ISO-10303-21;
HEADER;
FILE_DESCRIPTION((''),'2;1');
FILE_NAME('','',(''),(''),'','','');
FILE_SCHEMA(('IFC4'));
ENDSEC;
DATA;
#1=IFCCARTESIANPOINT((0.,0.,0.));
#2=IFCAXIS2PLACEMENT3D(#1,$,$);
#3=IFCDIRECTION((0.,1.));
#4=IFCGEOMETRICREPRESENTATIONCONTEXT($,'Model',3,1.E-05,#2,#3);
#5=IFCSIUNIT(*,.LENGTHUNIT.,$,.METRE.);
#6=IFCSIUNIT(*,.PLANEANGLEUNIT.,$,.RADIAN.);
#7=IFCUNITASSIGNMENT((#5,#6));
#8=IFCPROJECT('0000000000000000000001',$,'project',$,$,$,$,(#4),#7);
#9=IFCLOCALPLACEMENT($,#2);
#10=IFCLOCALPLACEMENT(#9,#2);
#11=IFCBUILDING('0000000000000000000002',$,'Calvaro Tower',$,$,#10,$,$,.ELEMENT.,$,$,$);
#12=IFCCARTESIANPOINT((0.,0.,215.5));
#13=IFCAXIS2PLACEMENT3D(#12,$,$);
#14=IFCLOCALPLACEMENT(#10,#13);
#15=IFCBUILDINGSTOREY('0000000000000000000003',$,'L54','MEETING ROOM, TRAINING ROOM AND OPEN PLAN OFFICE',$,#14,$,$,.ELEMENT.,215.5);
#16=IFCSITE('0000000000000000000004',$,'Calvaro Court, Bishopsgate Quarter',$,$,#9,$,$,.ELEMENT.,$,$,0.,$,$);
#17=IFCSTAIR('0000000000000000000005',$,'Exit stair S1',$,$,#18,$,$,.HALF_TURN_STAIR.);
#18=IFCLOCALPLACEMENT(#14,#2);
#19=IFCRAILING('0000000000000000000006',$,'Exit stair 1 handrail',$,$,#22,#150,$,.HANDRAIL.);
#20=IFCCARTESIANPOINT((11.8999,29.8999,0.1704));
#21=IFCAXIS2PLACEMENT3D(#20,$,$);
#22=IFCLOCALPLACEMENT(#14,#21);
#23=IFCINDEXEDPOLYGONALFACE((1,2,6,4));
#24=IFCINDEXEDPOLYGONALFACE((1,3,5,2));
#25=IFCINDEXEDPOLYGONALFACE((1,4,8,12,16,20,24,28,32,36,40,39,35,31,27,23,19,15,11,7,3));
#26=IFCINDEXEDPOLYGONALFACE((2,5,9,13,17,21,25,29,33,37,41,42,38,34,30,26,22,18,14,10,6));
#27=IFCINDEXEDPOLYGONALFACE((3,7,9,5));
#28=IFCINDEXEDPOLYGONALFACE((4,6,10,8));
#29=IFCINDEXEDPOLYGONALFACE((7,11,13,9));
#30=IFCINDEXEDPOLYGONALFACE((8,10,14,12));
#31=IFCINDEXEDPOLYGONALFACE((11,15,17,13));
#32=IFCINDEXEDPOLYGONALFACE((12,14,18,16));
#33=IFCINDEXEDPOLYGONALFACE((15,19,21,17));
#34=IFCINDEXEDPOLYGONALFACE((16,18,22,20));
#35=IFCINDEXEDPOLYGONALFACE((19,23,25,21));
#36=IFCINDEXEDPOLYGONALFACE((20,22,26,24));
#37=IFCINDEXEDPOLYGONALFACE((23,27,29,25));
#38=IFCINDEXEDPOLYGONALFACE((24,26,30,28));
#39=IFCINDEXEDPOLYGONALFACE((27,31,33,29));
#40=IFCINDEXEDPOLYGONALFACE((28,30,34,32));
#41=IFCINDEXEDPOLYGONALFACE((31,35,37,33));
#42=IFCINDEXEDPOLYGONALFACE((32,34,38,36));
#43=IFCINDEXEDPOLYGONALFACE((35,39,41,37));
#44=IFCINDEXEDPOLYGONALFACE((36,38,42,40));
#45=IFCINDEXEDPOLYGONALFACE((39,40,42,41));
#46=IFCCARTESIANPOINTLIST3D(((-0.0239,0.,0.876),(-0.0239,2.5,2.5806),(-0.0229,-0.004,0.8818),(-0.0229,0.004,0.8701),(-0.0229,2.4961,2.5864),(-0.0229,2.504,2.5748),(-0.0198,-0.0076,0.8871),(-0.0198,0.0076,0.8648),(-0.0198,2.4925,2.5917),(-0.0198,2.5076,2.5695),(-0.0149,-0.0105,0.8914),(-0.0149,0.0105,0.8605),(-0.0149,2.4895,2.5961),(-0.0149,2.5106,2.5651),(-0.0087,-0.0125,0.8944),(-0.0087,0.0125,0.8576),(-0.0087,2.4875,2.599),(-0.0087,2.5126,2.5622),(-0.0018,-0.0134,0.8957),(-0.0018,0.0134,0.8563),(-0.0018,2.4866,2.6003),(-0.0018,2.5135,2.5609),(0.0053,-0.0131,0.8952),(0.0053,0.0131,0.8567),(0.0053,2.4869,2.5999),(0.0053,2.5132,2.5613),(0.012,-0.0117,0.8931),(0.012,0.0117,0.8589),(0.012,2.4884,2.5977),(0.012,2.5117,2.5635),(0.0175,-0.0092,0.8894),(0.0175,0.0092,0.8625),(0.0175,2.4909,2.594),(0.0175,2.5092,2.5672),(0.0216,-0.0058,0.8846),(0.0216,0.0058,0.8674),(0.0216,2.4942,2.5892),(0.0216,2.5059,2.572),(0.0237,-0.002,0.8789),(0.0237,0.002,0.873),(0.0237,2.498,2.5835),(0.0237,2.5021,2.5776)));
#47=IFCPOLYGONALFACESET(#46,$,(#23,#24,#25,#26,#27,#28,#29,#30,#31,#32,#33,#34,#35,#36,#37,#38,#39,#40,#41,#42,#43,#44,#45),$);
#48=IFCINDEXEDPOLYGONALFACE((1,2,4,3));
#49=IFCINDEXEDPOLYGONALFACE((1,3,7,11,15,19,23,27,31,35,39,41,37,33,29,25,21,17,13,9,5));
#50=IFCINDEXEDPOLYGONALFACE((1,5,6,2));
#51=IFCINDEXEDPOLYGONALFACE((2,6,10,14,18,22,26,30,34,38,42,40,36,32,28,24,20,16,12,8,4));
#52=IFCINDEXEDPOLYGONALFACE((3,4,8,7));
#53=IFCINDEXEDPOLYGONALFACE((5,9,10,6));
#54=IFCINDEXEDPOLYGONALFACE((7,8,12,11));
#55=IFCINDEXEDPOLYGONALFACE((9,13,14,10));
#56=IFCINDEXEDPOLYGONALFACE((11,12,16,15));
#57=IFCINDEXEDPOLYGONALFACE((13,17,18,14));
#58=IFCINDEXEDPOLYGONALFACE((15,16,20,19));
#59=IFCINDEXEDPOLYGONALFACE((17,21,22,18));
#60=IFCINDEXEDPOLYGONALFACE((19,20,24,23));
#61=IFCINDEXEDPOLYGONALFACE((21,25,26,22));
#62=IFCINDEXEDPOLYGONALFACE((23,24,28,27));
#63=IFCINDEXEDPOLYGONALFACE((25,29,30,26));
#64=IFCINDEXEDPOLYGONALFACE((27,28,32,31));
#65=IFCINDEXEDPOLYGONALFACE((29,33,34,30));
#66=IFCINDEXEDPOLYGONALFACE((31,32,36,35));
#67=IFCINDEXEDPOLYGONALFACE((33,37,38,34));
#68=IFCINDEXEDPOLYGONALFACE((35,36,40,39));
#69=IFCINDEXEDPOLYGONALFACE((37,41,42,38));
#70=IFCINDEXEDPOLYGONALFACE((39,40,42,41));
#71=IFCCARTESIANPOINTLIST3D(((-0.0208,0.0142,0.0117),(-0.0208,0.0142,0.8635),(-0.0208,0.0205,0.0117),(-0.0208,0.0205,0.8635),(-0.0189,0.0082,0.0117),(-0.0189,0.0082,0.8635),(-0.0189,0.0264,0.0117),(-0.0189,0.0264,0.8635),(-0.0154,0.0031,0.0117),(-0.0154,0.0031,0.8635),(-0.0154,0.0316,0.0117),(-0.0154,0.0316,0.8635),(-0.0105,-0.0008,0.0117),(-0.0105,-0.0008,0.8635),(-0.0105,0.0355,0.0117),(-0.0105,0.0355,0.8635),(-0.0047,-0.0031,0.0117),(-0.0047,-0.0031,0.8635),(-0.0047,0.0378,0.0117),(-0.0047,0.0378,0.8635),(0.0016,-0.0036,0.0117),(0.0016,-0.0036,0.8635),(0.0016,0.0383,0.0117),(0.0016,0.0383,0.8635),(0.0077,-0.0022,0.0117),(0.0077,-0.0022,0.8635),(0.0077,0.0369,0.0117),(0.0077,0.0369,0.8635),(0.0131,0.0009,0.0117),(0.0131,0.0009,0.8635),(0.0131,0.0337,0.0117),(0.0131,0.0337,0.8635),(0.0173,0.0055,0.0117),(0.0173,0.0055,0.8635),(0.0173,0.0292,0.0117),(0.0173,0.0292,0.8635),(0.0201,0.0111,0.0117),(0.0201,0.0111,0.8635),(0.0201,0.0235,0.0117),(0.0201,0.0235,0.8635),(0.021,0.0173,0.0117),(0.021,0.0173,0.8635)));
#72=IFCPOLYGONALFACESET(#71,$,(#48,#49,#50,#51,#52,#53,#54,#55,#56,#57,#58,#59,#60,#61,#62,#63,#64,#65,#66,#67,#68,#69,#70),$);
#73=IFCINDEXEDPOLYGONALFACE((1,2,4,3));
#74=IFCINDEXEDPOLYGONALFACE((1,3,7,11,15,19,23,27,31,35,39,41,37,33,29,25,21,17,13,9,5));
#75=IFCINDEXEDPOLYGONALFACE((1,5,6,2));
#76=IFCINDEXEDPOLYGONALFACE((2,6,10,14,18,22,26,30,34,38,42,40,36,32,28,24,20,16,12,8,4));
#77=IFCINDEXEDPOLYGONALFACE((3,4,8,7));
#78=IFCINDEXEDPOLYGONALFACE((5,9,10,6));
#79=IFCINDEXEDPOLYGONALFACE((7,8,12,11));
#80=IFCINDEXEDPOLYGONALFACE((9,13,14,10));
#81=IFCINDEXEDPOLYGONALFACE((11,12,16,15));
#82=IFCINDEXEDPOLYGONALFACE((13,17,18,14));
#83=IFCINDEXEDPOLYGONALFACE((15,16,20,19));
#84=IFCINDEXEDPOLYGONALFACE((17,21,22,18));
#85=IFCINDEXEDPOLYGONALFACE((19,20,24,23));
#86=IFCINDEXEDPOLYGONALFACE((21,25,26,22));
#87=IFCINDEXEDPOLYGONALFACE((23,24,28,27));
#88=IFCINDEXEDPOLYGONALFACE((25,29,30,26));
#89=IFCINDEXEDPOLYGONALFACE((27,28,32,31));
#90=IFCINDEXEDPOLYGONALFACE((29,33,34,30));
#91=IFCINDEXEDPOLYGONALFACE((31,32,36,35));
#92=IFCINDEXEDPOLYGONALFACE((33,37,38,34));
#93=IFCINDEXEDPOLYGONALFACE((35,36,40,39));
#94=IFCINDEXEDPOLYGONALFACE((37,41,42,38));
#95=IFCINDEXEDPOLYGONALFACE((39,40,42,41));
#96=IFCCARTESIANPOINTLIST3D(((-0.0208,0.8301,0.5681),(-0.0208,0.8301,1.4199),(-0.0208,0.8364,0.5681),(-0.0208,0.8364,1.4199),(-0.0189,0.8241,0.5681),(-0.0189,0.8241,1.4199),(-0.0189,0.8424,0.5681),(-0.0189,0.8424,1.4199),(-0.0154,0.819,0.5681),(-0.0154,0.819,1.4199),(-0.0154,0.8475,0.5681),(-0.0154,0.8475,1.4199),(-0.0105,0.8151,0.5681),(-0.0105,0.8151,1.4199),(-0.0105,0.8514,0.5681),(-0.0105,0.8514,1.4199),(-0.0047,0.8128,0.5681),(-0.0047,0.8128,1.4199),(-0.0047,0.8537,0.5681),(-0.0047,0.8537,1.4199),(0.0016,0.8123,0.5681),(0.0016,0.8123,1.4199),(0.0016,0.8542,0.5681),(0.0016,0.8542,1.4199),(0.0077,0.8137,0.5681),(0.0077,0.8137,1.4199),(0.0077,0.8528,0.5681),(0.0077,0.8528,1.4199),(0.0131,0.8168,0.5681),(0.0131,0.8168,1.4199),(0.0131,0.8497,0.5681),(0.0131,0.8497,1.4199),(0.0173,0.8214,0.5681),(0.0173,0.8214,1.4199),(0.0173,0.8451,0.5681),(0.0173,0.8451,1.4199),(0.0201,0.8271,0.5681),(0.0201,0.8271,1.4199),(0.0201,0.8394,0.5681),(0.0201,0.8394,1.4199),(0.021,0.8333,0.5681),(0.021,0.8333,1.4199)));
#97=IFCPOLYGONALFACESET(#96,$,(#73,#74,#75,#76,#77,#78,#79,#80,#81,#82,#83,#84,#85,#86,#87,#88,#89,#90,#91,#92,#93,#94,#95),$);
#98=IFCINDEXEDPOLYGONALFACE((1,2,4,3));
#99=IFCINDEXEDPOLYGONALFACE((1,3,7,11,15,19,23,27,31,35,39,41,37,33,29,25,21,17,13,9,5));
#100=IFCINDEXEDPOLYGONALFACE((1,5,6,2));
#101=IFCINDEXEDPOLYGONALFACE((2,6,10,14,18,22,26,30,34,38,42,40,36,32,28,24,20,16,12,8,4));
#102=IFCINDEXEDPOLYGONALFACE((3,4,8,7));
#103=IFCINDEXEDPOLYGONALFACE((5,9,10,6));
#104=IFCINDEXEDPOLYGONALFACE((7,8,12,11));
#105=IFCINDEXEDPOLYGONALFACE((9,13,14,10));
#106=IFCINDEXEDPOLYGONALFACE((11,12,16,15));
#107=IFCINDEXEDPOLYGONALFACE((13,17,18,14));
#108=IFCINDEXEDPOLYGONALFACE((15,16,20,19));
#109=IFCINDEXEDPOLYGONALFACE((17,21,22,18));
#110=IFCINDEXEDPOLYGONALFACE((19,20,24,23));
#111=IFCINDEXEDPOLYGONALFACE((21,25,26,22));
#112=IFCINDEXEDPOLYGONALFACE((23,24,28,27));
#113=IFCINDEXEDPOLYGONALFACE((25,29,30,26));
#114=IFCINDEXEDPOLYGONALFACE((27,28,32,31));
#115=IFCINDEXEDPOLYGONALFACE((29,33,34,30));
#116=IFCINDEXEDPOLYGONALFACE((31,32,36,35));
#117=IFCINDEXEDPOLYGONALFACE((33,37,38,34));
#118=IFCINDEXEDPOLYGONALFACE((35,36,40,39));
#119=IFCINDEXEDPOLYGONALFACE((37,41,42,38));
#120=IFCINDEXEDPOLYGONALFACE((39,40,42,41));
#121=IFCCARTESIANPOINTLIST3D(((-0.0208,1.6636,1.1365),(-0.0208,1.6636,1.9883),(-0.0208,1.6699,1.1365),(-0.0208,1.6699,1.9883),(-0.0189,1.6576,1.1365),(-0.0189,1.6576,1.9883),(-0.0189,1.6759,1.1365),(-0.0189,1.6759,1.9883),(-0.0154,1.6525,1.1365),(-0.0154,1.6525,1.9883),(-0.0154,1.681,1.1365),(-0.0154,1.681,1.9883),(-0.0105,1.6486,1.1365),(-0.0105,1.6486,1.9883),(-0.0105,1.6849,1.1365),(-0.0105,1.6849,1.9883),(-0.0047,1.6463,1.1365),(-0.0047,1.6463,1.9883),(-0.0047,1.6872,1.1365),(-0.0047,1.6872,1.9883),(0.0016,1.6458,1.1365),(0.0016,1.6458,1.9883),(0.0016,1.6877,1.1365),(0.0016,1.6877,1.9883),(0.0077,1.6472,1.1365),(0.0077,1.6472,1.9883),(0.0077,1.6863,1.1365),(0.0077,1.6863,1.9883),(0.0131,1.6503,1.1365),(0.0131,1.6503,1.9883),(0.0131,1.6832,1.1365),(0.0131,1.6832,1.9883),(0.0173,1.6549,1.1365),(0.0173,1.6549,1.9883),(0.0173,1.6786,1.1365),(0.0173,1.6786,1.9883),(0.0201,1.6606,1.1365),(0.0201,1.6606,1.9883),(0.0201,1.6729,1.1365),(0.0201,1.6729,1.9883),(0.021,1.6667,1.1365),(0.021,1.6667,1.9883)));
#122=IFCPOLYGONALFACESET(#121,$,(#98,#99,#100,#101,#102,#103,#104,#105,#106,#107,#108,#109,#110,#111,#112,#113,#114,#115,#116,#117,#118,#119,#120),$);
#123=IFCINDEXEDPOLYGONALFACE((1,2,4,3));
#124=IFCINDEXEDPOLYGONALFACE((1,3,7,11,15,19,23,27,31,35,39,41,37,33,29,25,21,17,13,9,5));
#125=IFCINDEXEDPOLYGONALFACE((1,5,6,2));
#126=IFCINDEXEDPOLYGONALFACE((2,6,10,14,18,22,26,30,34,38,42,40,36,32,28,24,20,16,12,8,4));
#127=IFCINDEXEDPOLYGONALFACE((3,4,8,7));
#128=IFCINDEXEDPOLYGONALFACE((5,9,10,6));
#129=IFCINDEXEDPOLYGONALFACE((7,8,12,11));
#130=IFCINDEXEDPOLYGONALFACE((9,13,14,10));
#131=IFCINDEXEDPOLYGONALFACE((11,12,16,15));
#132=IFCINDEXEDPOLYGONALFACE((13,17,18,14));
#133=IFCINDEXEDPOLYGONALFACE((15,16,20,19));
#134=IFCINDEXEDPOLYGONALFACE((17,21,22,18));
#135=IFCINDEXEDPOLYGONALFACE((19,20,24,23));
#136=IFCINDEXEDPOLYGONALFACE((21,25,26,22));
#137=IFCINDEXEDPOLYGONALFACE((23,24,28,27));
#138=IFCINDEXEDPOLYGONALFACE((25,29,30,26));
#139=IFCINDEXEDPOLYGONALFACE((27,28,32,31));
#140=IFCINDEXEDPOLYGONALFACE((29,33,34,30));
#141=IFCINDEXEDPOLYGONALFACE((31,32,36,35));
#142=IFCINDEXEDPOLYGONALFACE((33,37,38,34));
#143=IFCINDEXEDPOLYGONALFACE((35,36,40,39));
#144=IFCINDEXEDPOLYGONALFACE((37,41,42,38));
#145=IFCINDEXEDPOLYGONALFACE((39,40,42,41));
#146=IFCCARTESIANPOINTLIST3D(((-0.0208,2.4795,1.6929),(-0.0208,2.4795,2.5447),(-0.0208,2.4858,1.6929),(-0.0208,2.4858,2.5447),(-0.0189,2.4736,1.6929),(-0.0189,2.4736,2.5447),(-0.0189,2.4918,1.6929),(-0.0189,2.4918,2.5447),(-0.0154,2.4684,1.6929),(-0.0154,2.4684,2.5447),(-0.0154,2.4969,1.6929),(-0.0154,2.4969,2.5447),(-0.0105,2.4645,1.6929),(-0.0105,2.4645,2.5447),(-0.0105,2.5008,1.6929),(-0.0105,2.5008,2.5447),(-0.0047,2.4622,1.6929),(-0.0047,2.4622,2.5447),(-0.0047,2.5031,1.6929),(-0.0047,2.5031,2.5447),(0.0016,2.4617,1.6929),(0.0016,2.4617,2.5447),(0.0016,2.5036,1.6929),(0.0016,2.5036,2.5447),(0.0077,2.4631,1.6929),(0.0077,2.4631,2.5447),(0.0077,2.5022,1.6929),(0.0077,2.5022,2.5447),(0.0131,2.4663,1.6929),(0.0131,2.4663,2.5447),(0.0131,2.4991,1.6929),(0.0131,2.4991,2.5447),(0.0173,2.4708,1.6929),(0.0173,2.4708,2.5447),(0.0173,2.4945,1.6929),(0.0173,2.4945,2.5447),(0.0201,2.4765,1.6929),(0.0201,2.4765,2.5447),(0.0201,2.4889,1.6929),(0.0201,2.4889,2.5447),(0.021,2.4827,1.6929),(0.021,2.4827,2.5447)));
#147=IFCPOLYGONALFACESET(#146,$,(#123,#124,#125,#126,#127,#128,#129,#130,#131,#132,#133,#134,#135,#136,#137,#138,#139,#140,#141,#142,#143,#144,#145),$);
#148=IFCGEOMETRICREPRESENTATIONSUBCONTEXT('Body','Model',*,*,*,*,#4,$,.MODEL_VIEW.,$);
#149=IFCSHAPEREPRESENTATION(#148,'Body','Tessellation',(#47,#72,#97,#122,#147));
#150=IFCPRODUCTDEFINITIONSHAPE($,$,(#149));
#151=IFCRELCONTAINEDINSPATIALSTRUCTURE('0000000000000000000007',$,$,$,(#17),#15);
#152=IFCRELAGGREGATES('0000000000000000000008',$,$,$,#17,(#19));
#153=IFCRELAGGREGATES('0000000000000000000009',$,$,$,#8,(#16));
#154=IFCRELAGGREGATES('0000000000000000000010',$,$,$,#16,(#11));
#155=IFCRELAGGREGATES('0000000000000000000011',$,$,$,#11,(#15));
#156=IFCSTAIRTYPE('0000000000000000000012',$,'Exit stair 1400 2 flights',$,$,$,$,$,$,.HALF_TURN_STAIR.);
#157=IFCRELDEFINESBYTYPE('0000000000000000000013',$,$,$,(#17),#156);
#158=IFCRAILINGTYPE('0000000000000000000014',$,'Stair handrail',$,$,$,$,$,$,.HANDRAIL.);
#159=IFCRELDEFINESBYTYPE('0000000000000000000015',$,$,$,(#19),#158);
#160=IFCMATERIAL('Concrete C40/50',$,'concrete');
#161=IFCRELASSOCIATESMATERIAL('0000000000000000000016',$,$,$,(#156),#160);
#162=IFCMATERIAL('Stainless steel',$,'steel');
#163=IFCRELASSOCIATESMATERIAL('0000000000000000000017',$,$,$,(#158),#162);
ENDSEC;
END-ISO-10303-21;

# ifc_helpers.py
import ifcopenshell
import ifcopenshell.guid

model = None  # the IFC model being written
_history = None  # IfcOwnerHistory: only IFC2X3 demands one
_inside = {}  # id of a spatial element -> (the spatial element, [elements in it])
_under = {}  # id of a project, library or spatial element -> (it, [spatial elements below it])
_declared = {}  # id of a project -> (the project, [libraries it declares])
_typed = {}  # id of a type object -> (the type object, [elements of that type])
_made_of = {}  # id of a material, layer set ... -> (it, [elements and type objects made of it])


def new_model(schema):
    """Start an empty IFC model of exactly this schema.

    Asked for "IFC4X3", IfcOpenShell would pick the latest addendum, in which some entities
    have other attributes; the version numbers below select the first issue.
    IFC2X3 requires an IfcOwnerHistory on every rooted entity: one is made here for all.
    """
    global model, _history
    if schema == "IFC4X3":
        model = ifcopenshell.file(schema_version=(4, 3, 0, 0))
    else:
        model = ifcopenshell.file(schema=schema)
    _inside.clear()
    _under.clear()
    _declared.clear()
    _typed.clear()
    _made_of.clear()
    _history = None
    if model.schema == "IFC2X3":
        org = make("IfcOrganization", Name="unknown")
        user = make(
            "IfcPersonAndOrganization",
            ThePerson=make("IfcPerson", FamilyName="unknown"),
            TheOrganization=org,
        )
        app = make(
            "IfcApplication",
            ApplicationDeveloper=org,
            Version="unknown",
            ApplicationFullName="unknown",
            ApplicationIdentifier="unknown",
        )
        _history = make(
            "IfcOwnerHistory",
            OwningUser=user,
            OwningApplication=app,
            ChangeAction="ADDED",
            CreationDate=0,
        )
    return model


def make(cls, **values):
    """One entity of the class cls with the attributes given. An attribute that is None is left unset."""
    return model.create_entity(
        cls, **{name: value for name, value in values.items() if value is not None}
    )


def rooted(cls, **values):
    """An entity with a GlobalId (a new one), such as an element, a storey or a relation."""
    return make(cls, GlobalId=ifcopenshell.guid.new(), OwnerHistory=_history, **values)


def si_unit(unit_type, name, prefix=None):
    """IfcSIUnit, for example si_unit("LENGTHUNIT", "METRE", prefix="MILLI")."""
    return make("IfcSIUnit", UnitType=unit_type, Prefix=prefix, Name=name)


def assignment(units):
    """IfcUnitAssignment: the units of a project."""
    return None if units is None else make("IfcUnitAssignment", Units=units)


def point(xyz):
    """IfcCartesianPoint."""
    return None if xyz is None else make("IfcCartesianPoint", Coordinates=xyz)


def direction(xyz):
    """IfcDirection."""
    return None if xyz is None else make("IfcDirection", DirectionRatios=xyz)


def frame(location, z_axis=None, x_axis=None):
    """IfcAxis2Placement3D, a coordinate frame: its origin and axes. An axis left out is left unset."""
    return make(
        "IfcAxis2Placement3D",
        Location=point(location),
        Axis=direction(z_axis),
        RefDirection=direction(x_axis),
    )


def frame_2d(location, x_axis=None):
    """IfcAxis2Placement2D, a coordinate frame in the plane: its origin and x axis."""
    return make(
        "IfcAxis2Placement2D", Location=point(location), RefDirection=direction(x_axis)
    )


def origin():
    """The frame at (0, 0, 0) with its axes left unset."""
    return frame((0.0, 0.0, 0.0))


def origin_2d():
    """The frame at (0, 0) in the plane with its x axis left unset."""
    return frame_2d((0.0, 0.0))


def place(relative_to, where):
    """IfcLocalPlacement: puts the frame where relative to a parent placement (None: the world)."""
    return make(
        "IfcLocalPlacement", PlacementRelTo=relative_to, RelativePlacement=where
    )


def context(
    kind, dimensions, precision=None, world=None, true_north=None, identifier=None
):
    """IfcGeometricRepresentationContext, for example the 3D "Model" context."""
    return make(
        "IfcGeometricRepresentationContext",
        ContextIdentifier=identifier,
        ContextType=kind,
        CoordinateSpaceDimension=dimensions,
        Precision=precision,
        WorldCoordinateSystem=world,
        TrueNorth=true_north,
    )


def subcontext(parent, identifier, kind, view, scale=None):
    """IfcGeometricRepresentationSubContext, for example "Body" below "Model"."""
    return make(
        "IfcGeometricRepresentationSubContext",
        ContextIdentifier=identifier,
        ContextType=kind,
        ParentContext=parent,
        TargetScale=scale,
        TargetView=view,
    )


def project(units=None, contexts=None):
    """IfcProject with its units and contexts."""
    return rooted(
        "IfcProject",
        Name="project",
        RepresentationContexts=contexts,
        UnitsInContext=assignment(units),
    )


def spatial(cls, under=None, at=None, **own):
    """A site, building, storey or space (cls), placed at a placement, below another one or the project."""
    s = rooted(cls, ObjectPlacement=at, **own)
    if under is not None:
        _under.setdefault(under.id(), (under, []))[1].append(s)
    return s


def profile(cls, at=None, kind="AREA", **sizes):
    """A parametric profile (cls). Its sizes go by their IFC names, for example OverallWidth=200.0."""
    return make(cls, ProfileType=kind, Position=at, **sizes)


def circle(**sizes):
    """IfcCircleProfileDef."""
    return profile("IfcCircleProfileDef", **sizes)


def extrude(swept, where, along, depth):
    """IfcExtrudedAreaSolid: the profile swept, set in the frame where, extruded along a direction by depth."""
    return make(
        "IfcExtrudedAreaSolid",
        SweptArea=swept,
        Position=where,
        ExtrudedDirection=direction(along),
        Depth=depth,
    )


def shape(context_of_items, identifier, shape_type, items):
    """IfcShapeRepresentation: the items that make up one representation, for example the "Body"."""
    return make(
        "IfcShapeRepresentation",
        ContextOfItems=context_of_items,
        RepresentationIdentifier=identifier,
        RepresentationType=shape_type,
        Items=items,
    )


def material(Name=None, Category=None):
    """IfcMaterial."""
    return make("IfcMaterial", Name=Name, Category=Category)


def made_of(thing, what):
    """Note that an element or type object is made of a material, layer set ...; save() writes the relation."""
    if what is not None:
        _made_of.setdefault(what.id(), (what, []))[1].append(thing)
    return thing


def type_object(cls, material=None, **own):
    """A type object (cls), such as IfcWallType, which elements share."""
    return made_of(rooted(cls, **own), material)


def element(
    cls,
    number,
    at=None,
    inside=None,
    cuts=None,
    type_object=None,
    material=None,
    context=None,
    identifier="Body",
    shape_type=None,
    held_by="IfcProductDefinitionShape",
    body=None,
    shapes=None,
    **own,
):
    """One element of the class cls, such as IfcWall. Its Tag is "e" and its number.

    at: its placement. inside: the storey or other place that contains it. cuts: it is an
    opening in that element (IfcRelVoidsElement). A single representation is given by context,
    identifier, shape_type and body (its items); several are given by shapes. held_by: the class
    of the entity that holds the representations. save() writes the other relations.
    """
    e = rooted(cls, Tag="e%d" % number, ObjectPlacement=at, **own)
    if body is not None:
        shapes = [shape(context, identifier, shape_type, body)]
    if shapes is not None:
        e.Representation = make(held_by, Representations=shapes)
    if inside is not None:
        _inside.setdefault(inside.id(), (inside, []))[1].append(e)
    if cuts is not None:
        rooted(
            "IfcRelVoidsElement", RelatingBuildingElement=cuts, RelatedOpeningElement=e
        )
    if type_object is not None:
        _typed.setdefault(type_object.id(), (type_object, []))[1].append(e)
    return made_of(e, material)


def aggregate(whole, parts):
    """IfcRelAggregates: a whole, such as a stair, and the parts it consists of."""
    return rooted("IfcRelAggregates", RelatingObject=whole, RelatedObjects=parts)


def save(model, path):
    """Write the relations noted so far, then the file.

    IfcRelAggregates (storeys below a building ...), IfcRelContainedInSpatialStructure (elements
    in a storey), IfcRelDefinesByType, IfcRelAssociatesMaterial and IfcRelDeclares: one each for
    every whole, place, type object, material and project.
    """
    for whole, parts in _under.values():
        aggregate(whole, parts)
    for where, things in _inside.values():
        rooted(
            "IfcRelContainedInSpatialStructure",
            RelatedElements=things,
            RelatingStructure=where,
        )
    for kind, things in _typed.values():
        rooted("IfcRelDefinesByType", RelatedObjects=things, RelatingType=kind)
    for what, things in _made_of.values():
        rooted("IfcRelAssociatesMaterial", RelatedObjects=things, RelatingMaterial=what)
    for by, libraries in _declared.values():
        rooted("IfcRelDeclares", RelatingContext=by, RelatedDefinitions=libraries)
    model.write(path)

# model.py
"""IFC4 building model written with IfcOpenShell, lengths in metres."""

from ifc_helpers import new_model, si_unit, direction, frame, origin, origin_2d, place, context, subcontext, project, spatial, circle, extrude, material, type_object, element, aggregate, save


model = new_model("IFC4")

# Units and contexts
model_context = context("Model", 3, precision=1e-05, world=origin(), true_north=direction((0.0, 1.0)))
body_context = subcontext(model_context, "Body", "Model", "MODEL_VIEW")
ifc_project = project(units=[si_unit("LENGTHUNIT", "METRE"), si_unit("PLANEANGLEUNIT", "RADIAN")], contexts=[model_context])

# Site, building, storey
site_placement = place(None, origin())
site = spatial("IfcSite", under=ifc_project, at=site_placement, Name="Calvaro Court, Bishopsgate Quarter", CompositionType="ELEMENT", RefElevation=0.0)
building_placement = place(site_placement, origin())
building = spatial("IfcBuilding", under=site, at=building_placement, Name="Calvaro Tower", CompositionType="ELEMENT")
storey_placement = place(building_placement, frame((0.0, 0.0, 215.5)))
storey = spatial("IfcBuildingStorey", under=building, at=storey_placement, Name="L54", Description="MEETING ROOM, TRAINING ROOM AND OPEN PLAN OFFICE", CompositionType="ELEMENT", Elevation=215.5)

# Stair, railing
ifc_material_1 = material(Name="Concrete C40/50", Category="concrete")
stair_type = type_object("IfcStairType", Name="Exit stair 1400 2 flights", PredefinedType="HALF_TURN_STAIR", material=ifc_material_1)
stair_placement = place(storey_placement, origin())
stair = element("IfcStair", 1, at=stair_placement, inside=storey, type_object=stair_type, Name="Exit stair S1", PredefinedType="HALF_TURN_STAIR")
ifc_material_2 = material(Name="Stainless steel", Category="steel")
railing_type = type_object("IfcRailingType", Name="Stair handrail", PredefinedType="HANDRAIL", material=ifc_material_2)
railing_1_placement = place(storey_placement, frame((11.8999, 29.8999, 0.1704)))
railing_1 = element("IfcRailing", 2, at=railing_1_placement, type_object=railing_type, Name="Exit stair 1 handrail", PredefinedType="HANDRAIL", context=body_context, shape_type="SweptSolid", body=[
    extrude(circle(Radius=0.0239, at=origin_2d()), frame((0.0, 0.0, 0.876), z_axis=(0.0, 0.826221, 0.563347), x_axis=(-1.0, 0.0, 0.0)), (0.0, 0.0, 1.0), 3.0259),
    extrude(circle(Radius=0.021, at=origin_2d()), frame((0.0, 0.0173, 0.0117)), (0.0, 0.0, 1.0), 0.8518),
    extrude(circle(Radius=0.021, at=origin_2d()), frame((0.0, 0.8333, 0.5681)), (0.0, 0.0, 1.0), 0.8518),
    extrude(circle(Radius=0.021, at=origin_2d()), frame((0.0, 1.6667, 1.1365)), (0.0, 0.0, 1.0), 0.8518),
    extrude(circle(Radius=0.021, at=origin_2d()), frame((0.0, 2.4827, 1.6929)), (0.0, 0.0, 1.0), 0.8518),
])
aggregate(stair, [railing_1])

save(model, "model.ifc")
